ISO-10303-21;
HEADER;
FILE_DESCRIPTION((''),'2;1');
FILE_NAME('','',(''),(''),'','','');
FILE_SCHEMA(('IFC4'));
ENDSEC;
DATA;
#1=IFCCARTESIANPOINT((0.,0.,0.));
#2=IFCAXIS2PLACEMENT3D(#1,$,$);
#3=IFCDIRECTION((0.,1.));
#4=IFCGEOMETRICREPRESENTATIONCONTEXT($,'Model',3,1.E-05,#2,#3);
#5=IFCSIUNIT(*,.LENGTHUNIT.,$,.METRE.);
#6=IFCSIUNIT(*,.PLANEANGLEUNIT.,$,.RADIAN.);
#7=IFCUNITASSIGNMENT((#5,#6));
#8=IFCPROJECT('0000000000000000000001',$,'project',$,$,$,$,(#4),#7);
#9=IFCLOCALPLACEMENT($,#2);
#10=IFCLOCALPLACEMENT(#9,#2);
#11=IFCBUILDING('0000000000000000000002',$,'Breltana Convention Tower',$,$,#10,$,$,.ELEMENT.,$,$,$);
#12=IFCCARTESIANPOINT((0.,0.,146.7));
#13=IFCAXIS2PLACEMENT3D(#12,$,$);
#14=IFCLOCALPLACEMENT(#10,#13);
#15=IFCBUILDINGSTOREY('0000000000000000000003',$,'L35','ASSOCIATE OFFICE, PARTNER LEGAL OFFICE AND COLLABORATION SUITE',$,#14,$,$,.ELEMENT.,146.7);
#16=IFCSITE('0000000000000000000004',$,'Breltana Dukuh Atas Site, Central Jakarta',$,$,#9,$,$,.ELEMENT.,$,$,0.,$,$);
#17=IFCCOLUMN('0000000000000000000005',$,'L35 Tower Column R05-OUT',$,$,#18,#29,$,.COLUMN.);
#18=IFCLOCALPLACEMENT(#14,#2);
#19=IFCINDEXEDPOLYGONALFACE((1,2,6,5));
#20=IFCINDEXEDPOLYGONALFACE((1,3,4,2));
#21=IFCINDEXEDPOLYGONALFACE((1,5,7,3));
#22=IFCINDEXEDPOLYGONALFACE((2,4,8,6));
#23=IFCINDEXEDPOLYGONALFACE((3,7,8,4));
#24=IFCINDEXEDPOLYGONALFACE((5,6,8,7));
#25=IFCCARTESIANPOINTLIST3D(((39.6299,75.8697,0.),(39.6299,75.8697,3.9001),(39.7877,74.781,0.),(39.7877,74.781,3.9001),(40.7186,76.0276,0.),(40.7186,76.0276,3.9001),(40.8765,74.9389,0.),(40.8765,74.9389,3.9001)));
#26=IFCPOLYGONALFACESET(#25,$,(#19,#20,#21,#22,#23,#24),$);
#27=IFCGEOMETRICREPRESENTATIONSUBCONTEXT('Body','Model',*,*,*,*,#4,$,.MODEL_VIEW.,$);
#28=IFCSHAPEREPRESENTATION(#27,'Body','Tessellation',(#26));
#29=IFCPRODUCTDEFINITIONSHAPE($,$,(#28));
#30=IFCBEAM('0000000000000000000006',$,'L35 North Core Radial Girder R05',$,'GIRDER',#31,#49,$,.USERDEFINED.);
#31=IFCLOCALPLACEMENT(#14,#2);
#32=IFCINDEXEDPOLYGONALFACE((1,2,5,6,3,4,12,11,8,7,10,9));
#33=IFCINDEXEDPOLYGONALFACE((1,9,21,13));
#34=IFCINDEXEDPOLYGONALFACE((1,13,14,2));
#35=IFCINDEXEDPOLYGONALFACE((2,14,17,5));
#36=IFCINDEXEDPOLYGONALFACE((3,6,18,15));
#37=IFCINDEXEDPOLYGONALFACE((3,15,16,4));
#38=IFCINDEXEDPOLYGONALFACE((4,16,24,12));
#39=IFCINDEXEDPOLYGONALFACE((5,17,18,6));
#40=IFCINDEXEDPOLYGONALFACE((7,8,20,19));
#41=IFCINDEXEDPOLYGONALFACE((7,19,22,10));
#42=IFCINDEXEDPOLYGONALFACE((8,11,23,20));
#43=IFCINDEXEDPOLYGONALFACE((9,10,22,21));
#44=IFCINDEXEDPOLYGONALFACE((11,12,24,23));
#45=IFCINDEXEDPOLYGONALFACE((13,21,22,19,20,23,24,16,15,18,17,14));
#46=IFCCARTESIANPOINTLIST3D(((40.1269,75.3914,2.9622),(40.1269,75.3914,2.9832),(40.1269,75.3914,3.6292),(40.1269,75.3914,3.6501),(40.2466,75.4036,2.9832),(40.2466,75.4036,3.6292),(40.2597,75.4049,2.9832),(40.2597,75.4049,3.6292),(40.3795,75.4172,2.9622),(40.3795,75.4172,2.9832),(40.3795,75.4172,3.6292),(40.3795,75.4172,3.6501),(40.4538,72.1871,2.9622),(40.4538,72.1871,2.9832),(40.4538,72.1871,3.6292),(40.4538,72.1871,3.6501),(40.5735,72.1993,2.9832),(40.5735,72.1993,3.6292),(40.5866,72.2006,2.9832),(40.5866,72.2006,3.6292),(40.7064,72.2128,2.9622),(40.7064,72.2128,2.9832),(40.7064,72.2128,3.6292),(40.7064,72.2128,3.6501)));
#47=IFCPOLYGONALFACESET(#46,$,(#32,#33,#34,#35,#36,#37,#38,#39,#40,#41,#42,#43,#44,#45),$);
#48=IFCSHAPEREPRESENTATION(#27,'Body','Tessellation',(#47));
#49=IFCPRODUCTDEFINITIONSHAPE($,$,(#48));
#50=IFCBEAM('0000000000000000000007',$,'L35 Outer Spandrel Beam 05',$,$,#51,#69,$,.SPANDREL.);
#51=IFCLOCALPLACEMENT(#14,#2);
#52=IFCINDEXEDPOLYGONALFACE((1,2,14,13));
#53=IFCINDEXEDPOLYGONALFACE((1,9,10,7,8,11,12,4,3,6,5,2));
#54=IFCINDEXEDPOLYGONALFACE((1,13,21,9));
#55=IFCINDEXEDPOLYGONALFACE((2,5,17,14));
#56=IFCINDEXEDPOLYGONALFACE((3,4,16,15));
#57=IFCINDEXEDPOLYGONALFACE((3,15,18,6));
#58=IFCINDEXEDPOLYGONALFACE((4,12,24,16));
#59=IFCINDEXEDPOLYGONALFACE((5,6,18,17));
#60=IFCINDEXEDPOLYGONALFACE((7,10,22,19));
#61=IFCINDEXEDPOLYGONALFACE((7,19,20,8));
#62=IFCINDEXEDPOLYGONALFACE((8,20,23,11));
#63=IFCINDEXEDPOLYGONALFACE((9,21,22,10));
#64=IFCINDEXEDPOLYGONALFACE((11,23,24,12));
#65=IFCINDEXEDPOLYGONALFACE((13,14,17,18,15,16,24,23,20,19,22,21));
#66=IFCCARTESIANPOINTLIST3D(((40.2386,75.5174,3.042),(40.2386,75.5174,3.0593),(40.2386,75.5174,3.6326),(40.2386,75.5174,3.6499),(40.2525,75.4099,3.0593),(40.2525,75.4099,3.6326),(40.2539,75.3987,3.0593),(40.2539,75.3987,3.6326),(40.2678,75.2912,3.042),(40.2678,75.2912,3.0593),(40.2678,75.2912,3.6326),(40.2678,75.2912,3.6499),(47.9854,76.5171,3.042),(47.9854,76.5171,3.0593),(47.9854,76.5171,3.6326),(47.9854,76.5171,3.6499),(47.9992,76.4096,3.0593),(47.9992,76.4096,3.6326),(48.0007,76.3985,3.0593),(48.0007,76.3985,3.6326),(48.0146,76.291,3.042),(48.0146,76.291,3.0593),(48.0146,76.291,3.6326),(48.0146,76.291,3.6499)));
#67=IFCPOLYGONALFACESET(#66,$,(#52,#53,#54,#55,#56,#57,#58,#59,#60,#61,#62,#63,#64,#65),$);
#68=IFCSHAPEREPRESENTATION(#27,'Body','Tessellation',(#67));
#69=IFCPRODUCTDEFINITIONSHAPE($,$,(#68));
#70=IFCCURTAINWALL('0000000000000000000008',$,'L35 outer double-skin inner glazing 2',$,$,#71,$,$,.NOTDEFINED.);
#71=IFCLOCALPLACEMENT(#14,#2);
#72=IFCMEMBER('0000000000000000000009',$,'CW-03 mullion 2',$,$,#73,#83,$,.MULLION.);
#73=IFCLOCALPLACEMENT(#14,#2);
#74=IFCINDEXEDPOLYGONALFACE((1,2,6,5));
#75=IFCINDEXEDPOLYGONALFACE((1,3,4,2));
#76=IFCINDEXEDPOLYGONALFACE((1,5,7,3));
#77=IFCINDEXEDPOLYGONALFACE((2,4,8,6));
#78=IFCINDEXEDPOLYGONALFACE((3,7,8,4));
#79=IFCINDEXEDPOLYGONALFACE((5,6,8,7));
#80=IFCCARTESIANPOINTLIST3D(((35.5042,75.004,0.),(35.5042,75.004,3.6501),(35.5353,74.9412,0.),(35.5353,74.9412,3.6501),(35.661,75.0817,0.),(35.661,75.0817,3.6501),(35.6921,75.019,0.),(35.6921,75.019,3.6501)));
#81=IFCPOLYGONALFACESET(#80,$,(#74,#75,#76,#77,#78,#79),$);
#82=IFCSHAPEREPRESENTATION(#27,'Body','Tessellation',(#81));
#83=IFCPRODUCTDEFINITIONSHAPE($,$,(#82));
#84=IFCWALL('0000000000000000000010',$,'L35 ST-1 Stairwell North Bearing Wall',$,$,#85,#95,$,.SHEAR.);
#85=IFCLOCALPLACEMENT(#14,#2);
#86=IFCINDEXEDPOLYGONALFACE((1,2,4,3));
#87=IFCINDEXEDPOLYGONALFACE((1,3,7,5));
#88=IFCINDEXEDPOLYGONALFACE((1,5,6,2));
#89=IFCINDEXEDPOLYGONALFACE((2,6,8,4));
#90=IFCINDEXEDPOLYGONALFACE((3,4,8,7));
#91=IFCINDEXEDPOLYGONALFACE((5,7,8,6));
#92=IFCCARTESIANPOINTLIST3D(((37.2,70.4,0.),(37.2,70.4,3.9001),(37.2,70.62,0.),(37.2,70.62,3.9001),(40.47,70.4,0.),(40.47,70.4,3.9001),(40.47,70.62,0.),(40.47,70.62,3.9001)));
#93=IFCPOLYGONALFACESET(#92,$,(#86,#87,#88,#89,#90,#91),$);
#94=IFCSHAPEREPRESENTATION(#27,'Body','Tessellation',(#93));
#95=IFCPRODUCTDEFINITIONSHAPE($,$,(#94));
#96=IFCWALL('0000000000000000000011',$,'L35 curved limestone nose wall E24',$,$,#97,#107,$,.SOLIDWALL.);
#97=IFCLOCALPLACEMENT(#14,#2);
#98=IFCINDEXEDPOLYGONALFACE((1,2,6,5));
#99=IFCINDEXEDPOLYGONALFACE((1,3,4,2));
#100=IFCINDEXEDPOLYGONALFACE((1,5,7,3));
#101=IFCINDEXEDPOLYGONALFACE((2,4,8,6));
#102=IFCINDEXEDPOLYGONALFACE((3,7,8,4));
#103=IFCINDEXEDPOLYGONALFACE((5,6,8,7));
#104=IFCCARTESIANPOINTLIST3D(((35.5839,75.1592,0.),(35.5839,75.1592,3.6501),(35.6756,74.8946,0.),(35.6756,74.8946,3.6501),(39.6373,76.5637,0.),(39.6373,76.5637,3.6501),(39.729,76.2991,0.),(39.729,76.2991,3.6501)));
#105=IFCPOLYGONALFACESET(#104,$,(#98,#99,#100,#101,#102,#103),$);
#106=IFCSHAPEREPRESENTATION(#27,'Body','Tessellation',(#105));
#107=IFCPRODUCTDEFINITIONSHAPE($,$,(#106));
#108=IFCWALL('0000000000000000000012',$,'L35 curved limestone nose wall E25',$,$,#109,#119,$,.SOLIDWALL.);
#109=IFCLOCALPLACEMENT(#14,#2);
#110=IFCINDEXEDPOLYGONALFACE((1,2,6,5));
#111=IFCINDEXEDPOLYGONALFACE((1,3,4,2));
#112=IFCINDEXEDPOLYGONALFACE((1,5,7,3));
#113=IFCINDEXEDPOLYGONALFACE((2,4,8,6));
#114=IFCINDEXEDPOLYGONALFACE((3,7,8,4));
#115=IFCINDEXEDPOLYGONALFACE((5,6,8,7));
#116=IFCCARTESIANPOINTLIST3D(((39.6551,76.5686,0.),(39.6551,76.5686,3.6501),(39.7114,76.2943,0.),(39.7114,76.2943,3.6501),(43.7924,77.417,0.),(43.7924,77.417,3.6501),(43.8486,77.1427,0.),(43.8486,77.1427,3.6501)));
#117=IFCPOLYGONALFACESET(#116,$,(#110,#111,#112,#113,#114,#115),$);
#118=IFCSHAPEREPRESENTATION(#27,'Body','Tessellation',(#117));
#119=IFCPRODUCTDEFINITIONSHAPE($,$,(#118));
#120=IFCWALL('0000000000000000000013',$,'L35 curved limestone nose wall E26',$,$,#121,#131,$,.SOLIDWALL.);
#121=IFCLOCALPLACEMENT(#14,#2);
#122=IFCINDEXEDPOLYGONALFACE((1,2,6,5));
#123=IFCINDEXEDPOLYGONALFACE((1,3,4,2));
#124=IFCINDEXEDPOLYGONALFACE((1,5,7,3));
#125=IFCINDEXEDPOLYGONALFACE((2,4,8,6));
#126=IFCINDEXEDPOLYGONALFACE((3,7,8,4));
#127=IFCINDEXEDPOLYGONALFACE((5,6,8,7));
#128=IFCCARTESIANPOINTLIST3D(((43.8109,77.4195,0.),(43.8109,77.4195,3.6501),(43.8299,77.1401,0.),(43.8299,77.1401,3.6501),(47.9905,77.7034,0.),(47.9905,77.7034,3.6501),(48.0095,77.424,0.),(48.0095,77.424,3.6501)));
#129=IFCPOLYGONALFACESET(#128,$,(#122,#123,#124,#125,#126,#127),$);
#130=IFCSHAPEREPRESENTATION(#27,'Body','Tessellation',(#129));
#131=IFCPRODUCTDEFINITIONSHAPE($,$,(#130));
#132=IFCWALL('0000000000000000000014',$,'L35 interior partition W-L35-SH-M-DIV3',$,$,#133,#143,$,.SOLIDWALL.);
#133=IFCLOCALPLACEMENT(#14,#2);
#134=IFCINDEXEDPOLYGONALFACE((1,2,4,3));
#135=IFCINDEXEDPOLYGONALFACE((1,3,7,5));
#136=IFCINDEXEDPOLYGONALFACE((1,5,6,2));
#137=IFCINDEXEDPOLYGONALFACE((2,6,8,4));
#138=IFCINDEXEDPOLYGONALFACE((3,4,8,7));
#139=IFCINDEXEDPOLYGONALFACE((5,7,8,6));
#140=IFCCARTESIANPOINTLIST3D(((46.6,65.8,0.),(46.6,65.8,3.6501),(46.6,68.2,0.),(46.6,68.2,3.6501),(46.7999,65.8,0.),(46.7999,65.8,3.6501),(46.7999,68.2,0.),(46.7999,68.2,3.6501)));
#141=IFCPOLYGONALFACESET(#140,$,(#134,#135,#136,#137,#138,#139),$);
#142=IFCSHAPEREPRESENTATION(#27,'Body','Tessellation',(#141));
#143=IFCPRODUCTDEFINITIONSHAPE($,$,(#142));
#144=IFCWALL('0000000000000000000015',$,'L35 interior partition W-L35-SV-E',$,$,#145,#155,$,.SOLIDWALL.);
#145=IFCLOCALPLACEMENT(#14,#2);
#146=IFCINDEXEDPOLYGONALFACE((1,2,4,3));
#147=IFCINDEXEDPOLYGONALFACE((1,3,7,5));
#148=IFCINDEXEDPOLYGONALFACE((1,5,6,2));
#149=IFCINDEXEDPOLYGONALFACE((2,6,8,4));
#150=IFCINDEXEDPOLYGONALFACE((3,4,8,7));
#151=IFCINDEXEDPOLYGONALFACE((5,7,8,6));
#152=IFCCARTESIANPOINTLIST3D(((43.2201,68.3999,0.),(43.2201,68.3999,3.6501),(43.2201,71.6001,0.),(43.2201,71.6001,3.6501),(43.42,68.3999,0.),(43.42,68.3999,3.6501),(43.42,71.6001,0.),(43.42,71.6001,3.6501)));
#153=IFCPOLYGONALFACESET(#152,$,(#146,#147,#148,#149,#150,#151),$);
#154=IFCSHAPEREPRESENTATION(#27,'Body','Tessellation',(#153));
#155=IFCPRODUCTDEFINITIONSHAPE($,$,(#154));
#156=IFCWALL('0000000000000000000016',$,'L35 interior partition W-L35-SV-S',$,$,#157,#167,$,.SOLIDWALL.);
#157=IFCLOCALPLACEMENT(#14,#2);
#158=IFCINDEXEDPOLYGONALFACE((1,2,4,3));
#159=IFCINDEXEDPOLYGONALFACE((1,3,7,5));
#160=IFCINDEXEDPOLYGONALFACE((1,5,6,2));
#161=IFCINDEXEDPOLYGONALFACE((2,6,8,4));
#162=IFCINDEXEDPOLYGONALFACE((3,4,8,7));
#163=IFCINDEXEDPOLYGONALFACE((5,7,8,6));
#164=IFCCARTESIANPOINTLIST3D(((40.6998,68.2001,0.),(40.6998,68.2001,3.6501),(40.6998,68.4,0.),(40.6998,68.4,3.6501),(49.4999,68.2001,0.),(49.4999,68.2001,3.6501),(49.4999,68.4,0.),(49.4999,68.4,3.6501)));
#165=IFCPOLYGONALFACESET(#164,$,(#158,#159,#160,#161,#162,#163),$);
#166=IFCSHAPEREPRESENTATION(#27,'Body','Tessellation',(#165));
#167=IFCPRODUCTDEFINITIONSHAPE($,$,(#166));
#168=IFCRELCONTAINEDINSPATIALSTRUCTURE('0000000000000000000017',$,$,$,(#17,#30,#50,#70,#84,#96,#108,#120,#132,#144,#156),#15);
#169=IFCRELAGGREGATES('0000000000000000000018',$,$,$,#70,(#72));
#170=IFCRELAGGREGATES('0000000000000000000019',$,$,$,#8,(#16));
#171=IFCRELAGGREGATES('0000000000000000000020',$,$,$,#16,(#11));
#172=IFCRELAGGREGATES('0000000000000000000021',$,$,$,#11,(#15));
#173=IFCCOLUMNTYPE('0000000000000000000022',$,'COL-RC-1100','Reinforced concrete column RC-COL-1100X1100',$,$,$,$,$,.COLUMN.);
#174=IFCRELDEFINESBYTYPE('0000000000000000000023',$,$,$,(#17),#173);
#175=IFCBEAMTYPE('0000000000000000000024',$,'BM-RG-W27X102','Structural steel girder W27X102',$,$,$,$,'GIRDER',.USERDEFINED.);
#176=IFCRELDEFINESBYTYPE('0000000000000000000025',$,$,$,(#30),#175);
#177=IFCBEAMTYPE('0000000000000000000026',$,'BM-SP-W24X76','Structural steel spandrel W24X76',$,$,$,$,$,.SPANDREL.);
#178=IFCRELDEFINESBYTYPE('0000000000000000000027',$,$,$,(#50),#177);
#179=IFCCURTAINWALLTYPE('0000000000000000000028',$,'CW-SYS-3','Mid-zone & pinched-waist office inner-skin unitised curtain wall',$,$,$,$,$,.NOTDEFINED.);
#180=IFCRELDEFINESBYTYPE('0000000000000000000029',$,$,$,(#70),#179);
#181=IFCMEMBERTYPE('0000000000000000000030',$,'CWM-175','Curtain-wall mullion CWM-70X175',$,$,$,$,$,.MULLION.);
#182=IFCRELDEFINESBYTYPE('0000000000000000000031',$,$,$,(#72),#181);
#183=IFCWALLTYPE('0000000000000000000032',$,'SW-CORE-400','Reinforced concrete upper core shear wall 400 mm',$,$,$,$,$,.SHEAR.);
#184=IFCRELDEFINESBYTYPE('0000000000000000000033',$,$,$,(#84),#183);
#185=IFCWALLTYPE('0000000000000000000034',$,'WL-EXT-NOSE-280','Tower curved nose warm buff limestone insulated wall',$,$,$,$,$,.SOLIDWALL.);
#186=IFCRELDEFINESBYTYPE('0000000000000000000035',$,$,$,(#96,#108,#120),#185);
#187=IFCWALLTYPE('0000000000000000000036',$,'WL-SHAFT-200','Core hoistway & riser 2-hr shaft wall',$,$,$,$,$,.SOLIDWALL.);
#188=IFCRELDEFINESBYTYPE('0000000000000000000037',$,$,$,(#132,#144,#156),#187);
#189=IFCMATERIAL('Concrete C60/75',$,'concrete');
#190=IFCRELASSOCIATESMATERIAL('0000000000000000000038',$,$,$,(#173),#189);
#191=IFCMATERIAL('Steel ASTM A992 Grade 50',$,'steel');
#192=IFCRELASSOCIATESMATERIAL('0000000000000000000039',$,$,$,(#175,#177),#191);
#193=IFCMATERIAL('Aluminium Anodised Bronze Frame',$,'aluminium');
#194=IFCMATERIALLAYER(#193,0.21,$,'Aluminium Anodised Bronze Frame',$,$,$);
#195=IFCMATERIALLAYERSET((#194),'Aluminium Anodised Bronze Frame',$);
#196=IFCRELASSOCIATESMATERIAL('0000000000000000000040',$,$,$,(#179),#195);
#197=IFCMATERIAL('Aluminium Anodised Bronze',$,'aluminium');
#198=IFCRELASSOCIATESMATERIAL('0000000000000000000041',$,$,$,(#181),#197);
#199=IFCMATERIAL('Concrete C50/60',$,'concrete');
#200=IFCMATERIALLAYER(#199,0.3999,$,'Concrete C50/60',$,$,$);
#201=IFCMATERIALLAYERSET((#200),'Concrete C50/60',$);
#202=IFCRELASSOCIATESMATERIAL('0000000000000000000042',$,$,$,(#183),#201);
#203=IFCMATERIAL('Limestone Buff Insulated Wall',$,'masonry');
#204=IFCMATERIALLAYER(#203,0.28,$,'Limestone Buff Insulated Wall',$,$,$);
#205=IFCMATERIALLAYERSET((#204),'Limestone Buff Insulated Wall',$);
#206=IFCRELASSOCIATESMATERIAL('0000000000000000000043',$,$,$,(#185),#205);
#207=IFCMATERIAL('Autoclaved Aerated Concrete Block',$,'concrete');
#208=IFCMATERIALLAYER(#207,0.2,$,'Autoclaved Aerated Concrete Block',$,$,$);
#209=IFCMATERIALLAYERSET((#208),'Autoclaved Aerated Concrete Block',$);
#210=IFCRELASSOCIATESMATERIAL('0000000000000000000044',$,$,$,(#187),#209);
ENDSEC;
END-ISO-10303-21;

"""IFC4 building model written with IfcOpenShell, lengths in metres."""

from ifc_helpers import new_model, si_unit, direction, frame, frame_2d, origin, origin_2d, place, context, subcontext, project, spatial, rectangle, i_section, extrude, source, transform, mapped, material, layer, layer_set, material_profile, profile_set, type_object, element, aggregate, save


model = new_model("IFC4")

# Units and contexts
model_context = context("Model", 3, precision=1e-05, world=origin(), true_north=direction((0.0, 1.0)))
body_context = subcontext(model_context, "Body", "Model", "MODEL_VIEW")
ifc_project = project(units=[si_unit("LENGTHUNIT", "METRE"), si_unit("PLANEANGLEUNIT", "RADIAN")], contexts=[model_context])

# Site, building, storey
site_placement = place(None, origin())
site = spatial("IfcSite", under=ifc_project, at=site_placement, Name="Breltana Dukuh Atas Site, Central Jakarta", CompositionType="ELEMENT", RefElevation=0.0)
building_placement = place(site_placement, origin())
building = spatial("IfcBuilding", under=site, at=building_placement, Name="Breltana Convention Tower", CompositionType="ELEMENT")
storey_placement = place(building_placement, frame((0.0, 0.0, 146.7)))
storey = spatial("IfcBuildingStorey", under=building, at=storey_placement, Name="L35", Description="ASSOCIATE OFFICE, PARTNER LEGAL OFFICE AND COLLABORATION SUITE", CompositionType="ELEMENT", Elevation=146.7)

# Column
ifc_material_1 = material(Name="Concrete C60/75", Category="concrete")
ifc_material_profile_1 = material_profile(ifc_material_1, rectangle(XDim=1.1001, YDim=1.1001, at=origin_2d()), Name="RC-COL-1100X1100")
ifc_profile_set_1 = profile_set([ifc_material_profile_1], Name="Concrete C60/75")
column_type = type_object("IfcColumnType", Name="COL-RC-1100", Description="Reinforced concrete column RC-COL-1100X1100", PredefinedType="COLUMN", material=ifc_profile_set_1)
shared_shape_1 = source(origin(), body_context, "Body", "SweptSolid", [
    extrude(rectangle(XDim=1.1001, YDim=1.1001, at=origin_2d()), origin(), (0.0, 0.0, 1.0), 3.9001),
])
column_placement = place(storey_placement, frame((40.2532, 75.4043, 0.0), z_axis=(0.0, 0.0, 1.0), x_axis=(-0.143493, 0.989651, 0.0)))
element("IfcColumn", 1, at=column_placement, inside=storey, type_object=column_type, Name="L35 Tower Column R05-OUT", PredefinedType="COLUMN", context=body_context, shape_type="MappedRepresentation", body=[
    mapped(shared_shape_1, transform((0.0, 0.0, 0.0), scale=1.0)),
])

# Beams
ifc_material_2 = material(Name="Steel ASTM A992 Grade 50", Category="steel")
ifc_material_profile_2 = material_profile(ifc_material_2, i_section(OverallWidth=0.2539, OverallDepth=0.688, WebThickness=0.0132, FlangeThickness=0.021, at=origin_2d()), Name="W27X102")
ifc_profile_set_2 = profile_set([ifc_material_profile_2], Name="Steel ASTM A992 Grade 50")
beam_type_1 = type_object("IfcBeamType", Name="BM-RG-W27X102", Description="Structural steel girder W27X102", ElementType="GIRDER", PredefinedType="USERDEFINED", material=ifc_profile_set_2)
shared_shape_2 = source(origin(), body_context, "Body", "SweptSolid", [
    extrude(i_section(OverallWidth=0.2539, OverallDepth=0.688, WebThickness=0.0132, FlangeThickness=0.021, at=origin_2d()), origin(), (0.0, 0.0, 1.0), 3.2209),
])
beam_1_placement = place(storey_placement, frame((40.5801, 72.2, 3.3062), z_axis=(-0.101492, 0.994836, 0.0), x_axis=(-0.994836, -0.101492, 0.0)))
element("IfcBeam", 2, at=beam_1_placement, inside=storey, type_object=beam_type_1, Name="L35 North Core Radial Girder R05", ObjectType="GIRDER", PredefinedType="USERDEFINED", context=body_context, shape_type="MappedRepresentation", body=[
    mapped(shared_shape_2, transform((0.0, 0.0, 0.0), scale=1.0)),
])
ifc_material_profile_3 = material_profile(ifc_material_2, i_section(OverallWidth=0.228, OverallDepth=0.6079, WebThickness=0.0112, FlangeThickness=0.0173, at=origin_2d()), Name="W24X76")
ifc_profile_set_3 = profile_set([ifc_material_profile_3], Name="Steel ASTM A992 Grade 50")
beam_type_2 = type_object("IfcBeamType", Name="BM-SP-W24X76", Description="Structural steel spandrel W24X76", PredefinedType="SPANDREL", material=ifc_profile_set_3)
shared_shape_3 = source(origin(), body_context, "Body", "SweptSolid", [
    extrude(i_section(OverallWidth=0.228, OverallDepth=0.6079, WebThickness=0.0112, FlangeThickness=0.0173, at=origin_2d()), origin(), (0.0, 0.0, 1.0), 7.811),
])
beam_2_placement = place(storey_placement, frame((40.2532, 75.4043, 3.3459), z_axis=(0.991775, 0.127992, 0.0), x_axis=(-0.127992, 0.991775, 0.0)))
element("IfcBeam", 3, at=beam_2_placement, inside=storey, type_object=beam_type_2, Name="L35 Outer Spandrel Beam 05", PredefinedType="SPANDREL", context=body_context, shape_type="MappedRepresentation", body=[
    mapped(shared_shape_3, transform((0.0, 0.0, 0.0), scale=1.0)),
])

# Curtain wall, member
ifc_material_3 = material(Name="Aluminium Anodised Bronze Frame", Category="aluminium")
ifc_layer_1 = layer(ifc_material_3, 0.21, Name="Aluminium Anodised Bronze Frame")
ifc_layer_set_1 = layer_set([ifc_layer_1], Name="Aluminium Anodised Bronze Frame")
curtain_wall_type = type_object("IfcCurtainWallType", Name="CW-SYS-3", Description="Mid-zone & pinched-waist office inner-skin unitised curtain wall", PredefinedType="NOTDEFINED", material=ifc_layer_set_1)
curtain_wall_placement = place(storey_placement, origin())
curtain_wall = element("IfcCurtainWall", 4, at=curtain_wall_placement, inside=storey, type_object=curtain_wall_type, Name="L35 outer double-skin inner glazing 2", PredefinedType="NOTDEFINED")
ifc_material_4 = material(Name="Aluminium Anodised Bronze", Category="aluminium")
ifc_material_profile_4 = material_profile(ifc_material_4, rectangle(XDim=0.0701, YDim=0.175, at=origin_2d()), Name="CWM-70X175")
ifc_profile_set_4 = profile_set([ifc_material_profile_4], Name="Aluminium Anodised Bronze")
member_type = type_object("IfcMemberType", Name="CWM-175", Description="Curtain-wall mullion CWM-70X175", PredefinedType="MULLION", material=ifc_profile_set_4)
shared_shape_4 = source(origin(), body_context, "Body", "SweptSolid", [
    extrude(rectangle(XDim=0.0701, YDim=0.175, at=origin_2d()), origin(), (0.0, 0.0, 1.0), 3.6501),
])
member_placement = place(storey_placement, frame((35.5981, 75.0115, 0.0), z_axis=(0.0, 0.0, 1.0), x_axis=(-0.444118, 0.895968, 0.0)))
member = element("IfcMember", 5, at=member_placement, type_object=member_type, Name="CW-03 mullion 2", PredefinedType="MULLION", context=body_context, shape_type="MappedRepresentation", body=[
    mapped(shared_shape_4, transform((0.0, 0.0, 0.0), scale=1.0)),
])
aggregate(curtain_wall, [member])

# Walls
ifc_material_5 = material(Name="Concrete C50/60", Category="concrete")
ifc_layer_2 = layer(ifc_material_5, 0.3999, Name="Concrete C50/60")
ifc_layer_set_2 = layer_set([ifc_layer_2], Name="Concrete C50/60")
wall_type_1 = type_object("IfcWallType", Name="SW-CORE-400", Description="Reinforced concrete upper core shear wall 400 mm", PredefinedType="SHEAR", material=ifc_layer_set_2)
shared_shape_5 = source(origin(), body_context, "Body", "SweptSolid", [
    extrude(rectangle(XDim=3.27, YDim=0.22, at=frame_2d((1.635, 0.0))), origin(), (0.0, 0.0, 1.0), 3.9001),
])
wall_1_placement = place(storey_placement, frame((37.2, 70.51, 0.0), z_axis=(0.0, 0.0, 1.0), x_axis=(1.0, 0.0, 0.0)))
element("IfcWall", 6, at=wall_1_placement, inside=storey, type_object=wall_type_1, Name="L35 ST-1 Stairwell North Bearing Wall", PredefinedType="SHEAR", context=body_context, shape_type="MappedRepresentation", body=[
    mapped(shared_shape_5, transform((0.0, 0.0, 0.0), scale=1.0)),
])
ifc_material_6 = material(Name="Limestone Buff Insulated Wall", Category="masonry")
ifc_layer_3 = layer(ifc_material_6, 0.28, Name="Limestone Buff Insulated Wall")
ifc_layer_set_3 = layer_set([ifc_layer_3], Name="Limestone Buff Insulated Wall")
wall_type_2 = type_object("IfcWallType", Name="WL-EXT-NOSE-280", Description="Tower curved nose warm buff limestone insulated wall", PredefinedType="SOLIDWALL", material=ifc_layer_set_3)
shared_shape_6 = source(origin(), body_context, "Body", "SweptSolid", [
    extrude(rectangle(XDim=4.2898, YDim=0.28, at=frame_2d((2.145, 0.0))), origin(), (0.0, 0.0, 1.0), 3.6501),
])
wall_2_placement = place(storey_placement, frame((35.6296, 75.0269, 0.0), z_axis=(0.0, 0.0, 1.0), x_axis=(0.944884, 0.327406, 0.0)))
element("IfcWall", 7, at=wall_2_placement, inside=storey, type_object=wall_type_2, Name="L35 curved limestone nose wall E24", PredefinedType="SOLIDWALL", context=body_context, shape_type="MappedRepresentation", body=[
    mapped(shared_shape_6, transform((0.0, 0.0, 0.0), scale=1.0)),
])
shared_shape_7 = source(origin(), body_context, "Body", "SweptSolid", [
    extrude(rectangle(XDim=4.2234, YDim=0.28, at=frame_2d((2.1118, 0.0))), origin(), (0.0, 0.0, 1.0), 3.6501),
])
wall_3_placement = place(storey_placement, frame((39.6831, 76.4314, 0.0), z_axis=(0.0, 0.0, 1.0), x_axis=(0.979615, 0.200883, 0.0)))
element("IfcWall", 8, at=wall_3_placement, inside=storey, type_object=wall_type_2, Name="L35 curved limestone nose wall E25", PredefinedType="SOLIDWALL", context=body_context, shape_type="MappedRepresentation", body=[
    mapped(shared_shape_7, transform((0.0, 0.0, 0.0), scale=1.0)),
])
shared_shape_8 = source(origin(), body_context, "Body", "SweptSolid", [
    extrude(rectangle(XDim=4.1892, YDim=0.28, at=frame_2d((2.0947, 0.0))), origin(), (0.0, 0.0, 1.0), 3.6501),
])
wall_4_placement = place(storey_placement, frame((43.8203, 77.2798, 0.0), z_axis=(0.0, 0.0, 1.0), x_axis=(0.997701, 0.067776, 0.0)))
element("IfcWall", 9, at=wall_4_placement, inside=storey, type_object=wall_type_2, Name="L35 curved limestone nose wall E26", PredefinedType="SOLIDWALL", context=body_context, shape_type="MappedRepresentation", body=[
    mapped(shared_shape_8, transform((0.0, 0.0, 0.0), scale=1.0)),
])
ifc_material_7 = material(Name="Autoclaved Aerated Concrete Block", Category="concrete")
ifc_layer_4 = layer(ifc_material_7, 0.2, Name="Autoclaved Aerated Concrete Block")
ifc_layer_set_4 = layer_set([ifc_layer_4], Name="Autoclaved Aerated Concrete Block")
wall_type_3 = type_object("IfcWallType", Name="WL-SHAFT-200", Description="Core hoistway & riser 2-hr shaft wall", PredefinedType="SOLIDWALL", material=ifc_layer_set_4)
shared_shape_9 = source(origin(), body_context, "Body", "SweptSolid", [
    extrude(rectangle(XDim=2.3999, YDim=0.2, at=frame_2d((1.2, 0.0))), origin(), (0.0, 0.0, 1.0), 3.6501),
])
wall_5_placement = place(storey_placement, frame((46.7, 65.8, 0.0), z_axis=(0.0, 0.0, 1.0), x_axis=(0.0, 1.0, 0.0)))
element("IfcWall", 10, at=wall_5_placement, inside=storey, type_object=wall_type_3, Name="L35 interior partition W-L35-SH-M-DIV3", PredefinedType="SOLIDWALL", context=body_context, shape_type="MappedRepresentation", body=[
    mapped(shared_shape_9, transform((0.0, 0.0, 0.0), scale=1.0)),
])
shared_shape_10 = source(origin(), body_context, "Body", "SweptSolid", [
    extrude(rectangle(XDim=3.2002, YDim=0.2, at=frame_2d((1.6001, 0.0))), origin(), (0.0, 0.0, 1.0), 3.6501),
])
wall_6_placement = place(storey_placement, frame((43.3201, 68.3999, 0.0), z_axis=(0.0, 0.0, 1.0), x_axis=(0.0, 1.0, 0.0)))
element("IfcWall", 11, at=wall_6_placement, inside=storey, type_object=wall_type_3, Name="L35 interior partition W-L35-SV-E", PredefinedType="SOLIDWALL", context=body_context, shape_type="MappedRepresentation", body=[
    mapped(shared_shape_10, transform((0.0, 0.0, 0.0), scale=1.0)),
])
shared_shape_11 = source(origin(), body_context, "Body", "SweptSolid", [
    extrude(rectangle(XDim=8.8, YDim=0.2, at=frame_2d((4.3999, 0.0))), origin(), (0.0, 0.0, 1.0), 3.6501),
])
wall_7_placement = place(storey_placement, frame((40.7, 68.3, 0.0), z_axis=(0.0, 0.0, 1.0), x_axis=(1.0, 0.0, 0.0)))
element("IfcWall", 12, at=wall_7_placement, inside=storey, type_object=wall_type_3, Name="L35 interior partition W-L35-SV-S", PredefinedType="SOLIDWALL", context=body_context, shape_type="MappedRepresentation", body=[
    mapped(shared_shape_11, transform((0.0, 0.0, 0.0), scale=1.0)),
])

save(model, "model.ifc")
